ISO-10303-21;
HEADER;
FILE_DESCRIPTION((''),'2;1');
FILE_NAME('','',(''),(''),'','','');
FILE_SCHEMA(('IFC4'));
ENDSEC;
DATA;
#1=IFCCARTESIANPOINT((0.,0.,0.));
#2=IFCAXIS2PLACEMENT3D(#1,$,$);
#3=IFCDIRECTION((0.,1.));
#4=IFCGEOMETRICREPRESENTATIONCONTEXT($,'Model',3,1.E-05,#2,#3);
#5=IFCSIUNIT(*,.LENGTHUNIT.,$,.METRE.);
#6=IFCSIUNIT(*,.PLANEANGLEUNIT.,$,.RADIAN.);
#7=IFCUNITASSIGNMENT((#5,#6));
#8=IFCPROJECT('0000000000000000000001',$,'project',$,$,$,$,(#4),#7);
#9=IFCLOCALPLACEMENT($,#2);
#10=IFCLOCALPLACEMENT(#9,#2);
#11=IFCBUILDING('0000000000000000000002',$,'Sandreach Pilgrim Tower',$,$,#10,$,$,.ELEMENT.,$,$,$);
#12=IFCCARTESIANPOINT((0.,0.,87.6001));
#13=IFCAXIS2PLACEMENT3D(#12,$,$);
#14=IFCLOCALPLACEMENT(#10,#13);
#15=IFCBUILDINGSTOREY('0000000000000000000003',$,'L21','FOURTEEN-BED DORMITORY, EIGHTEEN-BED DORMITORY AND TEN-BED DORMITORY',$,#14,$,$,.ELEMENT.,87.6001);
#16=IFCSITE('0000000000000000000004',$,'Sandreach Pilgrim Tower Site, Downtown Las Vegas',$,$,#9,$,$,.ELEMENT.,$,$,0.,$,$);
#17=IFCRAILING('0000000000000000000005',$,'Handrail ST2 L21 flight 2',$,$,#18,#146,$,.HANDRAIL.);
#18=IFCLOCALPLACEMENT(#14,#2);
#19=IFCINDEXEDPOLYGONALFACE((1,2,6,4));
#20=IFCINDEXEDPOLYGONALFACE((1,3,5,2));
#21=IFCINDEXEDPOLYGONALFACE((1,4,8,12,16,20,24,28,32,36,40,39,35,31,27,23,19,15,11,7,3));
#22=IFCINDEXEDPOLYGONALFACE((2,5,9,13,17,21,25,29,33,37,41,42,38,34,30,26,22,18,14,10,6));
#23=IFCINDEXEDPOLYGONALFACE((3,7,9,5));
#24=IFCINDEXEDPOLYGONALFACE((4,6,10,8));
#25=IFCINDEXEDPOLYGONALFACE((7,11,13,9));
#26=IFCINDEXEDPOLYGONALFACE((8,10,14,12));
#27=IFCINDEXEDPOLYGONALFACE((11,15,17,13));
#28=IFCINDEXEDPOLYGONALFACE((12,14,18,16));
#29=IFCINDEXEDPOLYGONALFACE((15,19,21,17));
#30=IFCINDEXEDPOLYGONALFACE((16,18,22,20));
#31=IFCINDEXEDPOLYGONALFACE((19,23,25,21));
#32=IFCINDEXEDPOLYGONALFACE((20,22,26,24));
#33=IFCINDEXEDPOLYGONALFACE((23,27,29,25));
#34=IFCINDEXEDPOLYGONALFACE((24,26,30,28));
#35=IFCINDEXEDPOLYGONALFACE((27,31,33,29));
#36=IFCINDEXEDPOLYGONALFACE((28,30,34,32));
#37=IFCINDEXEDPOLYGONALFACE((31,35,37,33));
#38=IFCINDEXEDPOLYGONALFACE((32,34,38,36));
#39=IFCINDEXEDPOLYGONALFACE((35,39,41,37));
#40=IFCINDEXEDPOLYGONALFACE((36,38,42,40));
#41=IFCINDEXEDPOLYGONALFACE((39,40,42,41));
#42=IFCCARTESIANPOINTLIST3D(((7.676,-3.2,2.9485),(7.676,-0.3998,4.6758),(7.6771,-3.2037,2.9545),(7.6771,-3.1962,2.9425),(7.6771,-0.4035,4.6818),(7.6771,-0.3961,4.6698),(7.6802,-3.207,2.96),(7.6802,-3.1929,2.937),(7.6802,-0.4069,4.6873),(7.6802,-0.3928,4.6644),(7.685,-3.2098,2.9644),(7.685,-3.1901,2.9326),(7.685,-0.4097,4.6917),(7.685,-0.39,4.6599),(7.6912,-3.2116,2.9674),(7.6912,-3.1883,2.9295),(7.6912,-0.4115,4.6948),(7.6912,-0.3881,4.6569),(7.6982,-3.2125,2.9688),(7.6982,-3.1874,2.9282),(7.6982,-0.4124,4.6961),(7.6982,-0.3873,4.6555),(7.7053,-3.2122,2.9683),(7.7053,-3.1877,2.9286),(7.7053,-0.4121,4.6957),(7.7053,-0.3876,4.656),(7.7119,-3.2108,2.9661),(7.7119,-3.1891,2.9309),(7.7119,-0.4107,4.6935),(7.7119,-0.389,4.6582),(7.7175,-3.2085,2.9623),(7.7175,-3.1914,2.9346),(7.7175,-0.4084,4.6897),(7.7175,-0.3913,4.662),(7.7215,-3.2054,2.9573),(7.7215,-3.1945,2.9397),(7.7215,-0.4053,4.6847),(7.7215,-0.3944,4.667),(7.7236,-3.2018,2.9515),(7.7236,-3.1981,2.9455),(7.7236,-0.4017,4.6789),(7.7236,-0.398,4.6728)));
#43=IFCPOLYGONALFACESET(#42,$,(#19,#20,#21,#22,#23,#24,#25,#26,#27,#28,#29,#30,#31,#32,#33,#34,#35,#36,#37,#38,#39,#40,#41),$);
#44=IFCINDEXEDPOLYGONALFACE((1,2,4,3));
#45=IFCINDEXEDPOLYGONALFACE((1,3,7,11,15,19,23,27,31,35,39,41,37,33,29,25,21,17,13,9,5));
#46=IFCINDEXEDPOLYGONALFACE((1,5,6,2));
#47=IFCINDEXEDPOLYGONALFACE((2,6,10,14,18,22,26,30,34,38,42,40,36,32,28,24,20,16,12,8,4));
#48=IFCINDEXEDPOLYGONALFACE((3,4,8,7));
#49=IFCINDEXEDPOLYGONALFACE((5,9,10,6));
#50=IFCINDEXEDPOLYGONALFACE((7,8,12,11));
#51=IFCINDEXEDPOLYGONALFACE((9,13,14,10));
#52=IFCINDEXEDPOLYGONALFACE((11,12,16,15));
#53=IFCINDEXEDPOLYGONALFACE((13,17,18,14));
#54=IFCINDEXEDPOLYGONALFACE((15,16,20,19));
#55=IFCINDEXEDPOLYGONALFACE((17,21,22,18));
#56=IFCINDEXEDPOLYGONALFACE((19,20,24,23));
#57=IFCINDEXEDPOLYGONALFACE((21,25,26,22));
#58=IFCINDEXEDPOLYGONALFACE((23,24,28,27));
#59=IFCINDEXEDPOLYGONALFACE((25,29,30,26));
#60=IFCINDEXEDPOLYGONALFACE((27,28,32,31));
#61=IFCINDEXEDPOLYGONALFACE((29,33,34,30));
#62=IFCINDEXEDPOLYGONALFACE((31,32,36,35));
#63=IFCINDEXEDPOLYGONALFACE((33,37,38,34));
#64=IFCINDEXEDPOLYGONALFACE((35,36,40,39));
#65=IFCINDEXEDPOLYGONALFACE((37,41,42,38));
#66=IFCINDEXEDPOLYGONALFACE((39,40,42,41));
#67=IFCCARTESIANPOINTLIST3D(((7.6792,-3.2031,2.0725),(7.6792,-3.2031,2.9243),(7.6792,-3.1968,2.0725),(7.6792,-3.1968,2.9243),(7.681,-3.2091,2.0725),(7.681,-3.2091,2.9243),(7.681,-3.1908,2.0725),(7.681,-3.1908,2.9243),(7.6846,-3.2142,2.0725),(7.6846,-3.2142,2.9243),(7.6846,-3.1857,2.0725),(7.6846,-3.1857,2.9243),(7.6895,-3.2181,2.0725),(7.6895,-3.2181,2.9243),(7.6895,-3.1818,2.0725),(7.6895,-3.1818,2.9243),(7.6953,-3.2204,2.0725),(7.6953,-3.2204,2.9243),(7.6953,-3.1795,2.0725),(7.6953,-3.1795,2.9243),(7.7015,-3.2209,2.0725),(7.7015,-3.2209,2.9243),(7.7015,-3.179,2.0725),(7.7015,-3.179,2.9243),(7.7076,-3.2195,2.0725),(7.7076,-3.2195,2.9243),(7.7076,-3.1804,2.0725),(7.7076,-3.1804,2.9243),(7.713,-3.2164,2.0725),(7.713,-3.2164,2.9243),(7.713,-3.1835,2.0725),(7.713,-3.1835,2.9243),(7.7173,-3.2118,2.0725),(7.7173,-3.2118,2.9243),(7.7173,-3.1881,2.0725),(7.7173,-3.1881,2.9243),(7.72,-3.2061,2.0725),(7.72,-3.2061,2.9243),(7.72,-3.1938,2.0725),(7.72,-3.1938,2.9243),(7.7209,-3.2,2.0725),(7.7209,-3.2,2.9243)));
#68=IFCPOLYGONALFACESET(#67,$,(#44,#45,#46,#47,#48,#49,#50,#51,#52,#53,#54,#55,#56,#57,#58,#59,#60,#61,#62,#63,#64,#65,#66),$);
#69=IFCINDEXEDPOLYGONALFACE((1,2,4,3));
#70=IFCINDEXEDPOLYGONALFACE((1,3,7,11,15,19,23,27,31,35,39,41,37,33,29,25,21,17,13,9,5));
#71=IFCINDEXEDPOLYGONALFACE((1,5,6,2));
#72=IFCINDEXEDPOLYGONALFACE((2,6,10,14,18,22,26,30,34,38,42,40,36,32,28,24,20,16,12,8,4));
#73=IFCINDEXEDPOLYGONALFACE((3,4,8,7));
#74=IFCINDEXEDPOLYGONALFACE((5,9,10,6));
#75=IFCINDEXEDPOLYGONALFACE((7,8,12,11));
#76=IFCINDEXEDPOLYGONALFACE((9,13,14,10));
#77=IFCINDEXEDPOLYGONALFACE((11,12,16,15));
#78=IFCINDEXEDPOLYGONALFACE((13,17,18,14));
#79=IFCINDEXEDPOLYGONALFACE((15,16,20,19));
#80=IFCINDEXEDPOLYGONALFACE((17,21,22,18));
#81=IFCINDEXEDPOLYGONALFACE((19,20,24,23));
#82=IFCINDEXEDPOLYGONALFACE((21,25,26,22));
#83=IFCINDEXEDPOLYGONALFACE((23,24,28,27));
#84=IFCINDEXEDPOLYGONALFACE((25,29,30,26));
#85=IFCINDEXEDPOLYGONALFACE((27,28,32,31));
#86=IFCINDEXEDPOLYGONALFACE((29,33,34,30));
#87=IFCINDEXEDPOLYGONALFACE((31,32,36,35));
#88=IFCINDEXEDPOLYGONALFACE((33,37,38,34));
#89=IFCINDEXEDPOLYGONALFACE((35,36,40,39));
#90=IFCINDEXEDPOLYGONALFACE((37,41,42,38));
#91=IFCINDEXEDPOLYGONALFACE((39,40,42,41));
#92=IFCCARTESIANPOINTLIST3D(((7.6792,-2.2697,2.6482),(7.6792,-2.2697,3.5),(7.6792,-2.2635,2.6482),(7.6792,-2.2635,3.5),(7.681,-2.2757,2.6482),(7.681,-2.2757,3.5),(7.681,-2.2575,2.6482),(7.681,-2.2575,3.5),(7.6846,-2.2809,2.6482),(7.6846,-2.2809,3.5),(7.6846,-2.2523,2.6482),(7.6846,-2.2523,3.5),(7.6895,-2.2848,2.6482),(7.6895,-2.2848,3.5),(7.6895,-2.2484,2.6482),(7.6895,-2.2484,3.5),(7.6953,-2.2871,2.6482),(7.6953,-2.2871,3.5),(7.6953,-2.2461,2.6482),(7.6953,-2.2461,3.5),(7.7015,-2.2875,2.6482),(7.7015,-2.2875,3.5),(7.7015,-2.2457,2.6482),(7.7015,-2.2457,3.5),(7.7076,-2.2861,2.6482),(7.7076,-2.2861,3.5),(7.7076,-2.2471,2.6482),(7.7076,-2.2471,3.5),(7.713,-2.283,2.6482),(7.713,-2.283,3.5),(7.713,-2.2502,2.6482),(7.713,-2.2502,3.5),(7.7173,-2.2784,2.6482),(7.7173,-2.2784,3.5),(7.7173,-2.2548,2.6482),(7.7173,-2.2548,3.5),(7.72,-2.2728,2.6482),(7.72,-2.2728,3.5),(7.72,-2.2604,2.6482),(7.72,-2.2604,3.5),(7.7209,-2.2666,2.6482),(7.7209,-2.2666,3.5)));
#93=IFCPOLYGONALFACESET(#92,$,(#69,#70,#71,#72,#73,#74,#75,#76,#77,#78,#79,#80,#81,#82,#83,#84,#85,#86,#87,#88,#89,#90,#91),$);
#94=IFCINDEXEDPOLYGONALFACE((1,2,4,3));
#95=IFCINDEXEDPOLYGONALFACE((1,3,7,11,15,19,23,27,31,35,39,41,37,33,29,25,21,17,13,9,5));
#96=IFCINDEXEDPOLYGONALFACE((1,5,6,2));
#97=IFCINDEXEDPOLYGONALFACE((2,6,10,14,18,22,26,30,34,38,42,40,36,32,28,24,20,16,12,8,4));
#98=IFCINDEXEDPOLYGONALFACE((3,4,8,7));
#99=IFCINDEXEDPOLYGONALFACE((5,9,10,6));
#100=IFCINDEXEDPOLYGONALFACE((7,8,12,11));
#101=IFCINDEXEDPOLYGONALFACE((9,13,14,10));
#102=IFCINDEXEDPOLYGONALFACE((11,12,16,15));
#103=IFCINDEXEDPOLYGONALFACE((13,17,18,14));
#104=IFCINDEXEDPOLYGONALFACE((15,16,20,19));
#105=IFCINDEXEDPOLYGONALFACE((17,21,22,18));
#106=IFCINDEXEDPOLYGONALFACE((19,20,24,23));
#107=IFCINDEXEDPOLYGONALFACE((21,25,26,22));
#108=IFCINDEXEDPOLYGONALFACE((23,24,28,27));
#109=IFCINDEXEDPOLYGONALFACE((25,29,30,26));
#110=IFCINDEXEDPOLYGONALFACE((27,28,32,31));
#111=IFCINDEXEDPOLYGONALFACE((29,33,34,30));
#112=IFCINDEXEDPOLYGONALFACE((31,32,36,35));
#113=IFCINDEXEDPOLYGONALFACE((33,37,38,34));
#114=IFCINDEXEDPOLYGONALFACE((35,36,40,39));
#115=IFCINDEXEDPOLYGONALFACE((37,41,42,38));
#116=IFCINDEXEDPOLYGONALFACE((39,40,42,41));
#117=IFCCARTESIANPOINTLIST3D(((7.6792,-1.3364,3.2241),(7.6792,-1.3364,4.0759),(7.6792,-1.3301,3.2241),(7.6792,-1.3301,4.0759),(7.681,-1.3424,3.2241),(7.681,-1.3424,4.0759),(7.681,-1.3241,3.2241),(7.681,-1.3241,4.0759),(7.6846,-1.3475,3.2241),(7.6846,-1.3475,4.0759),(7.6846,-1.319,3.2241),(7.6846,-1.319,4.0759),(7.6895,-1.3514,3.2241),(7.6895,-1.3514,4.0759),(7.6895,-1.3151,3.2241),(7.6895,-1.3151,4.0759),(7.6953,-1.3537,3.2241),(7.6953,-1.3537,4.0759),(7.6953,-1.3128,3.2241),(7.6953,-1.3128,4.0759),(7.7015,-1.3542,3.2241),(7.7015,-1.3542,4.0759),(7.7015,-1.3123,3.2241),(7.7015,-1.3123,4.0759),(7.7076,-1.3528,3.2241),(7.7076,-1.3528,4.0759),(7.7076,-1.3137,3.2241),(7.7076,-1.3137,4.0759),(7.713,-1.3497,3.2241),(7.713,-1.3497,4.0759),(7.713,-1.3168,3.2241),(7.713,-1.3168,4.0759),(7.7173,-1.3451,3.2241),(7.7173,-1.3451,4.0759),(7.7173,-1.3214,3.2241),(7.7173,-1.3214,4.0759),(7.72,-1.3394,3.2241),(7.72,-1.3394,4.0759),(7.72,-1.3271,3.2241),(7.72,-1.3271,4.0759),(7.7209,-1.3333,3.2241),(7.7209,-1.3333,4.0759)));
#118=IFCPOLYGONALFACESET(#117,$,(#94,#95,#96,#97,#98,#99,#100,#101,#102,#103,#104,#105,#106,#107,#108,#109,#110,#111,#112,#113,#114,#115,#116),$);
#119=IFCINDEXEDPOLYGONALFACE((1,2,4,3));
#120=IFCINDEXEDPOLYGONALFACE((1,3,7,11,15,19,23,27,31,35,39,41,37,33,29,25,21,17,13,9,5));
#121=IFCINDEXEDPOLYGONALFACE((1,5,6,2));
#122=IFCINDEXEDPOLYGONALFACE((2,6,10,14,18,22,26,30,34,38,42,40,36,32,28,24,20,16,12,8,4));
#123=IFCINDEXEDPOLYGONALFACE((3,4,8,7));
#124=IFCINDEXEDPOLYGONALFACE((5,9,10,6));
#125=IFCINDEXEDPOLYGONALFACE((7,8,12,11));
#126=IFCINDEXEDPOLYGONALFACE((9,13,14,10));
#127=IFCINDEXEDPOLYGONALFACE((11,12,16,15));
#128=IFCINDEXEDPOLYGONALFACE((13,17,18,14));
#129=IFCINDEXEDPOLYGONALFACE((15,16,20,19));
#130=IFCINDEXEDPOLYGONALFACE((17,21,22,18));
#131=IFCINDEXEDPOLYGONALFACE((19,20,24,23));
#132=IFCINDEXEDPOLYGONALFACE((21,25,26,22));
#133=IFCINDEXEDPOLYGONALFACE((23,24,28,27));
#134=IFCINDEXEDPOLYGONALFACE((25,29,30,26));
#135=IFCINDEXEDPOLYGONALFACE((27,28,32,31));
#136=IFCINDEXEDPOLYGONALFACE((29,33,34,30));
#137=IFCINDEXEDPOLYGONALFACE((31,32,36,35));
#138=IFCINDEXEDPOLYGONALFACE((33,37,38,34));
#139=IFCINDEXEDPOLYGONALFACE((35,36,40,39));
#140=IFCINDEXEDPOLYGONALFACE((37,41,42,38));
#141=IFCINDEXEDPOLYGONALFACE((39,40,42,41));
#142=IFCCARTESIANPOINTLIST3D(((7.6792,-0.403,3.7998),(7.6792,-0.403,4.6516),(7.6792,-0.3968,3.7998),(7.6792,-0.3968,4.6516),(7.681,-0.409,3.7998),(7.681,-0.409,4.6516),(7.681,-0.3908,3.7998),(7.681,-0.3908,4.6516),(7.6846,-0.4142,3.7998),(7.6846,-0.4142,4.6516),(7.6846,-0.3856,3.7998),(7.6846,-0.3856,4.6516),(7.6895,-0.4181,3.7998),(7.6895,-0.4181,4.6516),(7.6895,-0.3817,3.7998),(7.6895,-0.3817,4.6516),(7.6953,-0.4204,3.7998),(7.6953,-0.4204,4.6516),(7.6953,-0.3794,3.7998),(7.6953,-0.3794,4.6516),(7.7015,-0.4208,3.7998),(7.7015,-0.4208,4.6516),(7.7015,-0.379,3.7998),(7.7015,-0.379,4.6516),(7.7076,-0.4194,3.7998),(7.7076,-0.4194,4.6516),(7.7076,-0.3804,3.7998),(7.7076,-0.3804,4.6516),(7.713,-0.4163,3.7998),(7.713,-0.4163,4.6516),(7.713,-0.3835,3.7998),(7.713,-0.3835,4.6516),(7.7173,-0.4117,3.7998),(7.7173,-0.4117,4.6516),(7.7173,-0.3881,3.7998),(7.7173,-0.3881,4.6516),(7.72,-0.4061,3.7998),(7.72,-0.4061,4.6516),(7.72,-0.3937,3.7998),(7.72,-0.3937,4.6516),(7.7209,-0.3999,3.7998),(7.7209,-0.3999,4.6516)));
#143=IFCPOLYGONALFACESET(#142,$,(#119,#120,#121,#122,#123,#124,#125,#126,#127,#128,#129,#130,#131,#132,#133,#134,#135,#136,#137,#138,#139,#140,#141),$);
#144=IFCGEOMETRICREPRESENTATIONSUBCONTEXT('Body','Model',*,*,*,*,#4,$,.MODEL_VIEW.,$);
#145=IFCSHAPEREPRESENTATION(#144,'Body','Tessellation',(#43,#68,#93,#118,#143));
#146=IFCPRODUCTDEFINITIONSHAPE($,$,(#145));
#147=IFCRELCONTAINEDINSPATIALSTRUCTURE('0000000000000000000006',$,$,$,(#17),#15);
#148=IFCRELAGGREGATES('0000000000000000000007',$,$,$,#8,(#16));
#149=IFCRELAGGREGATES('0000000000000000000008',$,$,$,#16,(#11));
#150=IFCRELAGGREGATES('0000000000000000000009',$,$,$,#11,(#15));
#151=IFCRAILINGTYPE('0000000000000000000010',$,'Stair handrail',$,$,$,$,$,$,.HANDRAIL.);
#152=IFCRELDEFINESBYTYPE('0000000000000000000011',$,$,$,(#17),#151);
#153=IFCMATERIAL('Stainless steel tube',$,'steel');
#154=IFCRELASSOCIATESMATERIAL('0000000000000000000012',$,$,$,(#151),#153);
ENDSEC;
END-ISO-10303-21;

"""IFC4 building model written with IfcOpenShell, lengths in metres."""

from ifc_helpers import new_model, si_unit, direction, frame, origin, origin_2d, place, context, subcontext, project, spatial, circle, extrude, material, type_object, element, save


model = new_model("IFC4")

# Units and contexts
model_context = context("Model", 3, precision=1e-05, world=origin(), true_north=direction((0.0, 1.0)))
body_context = subcontext(model_context, "Body", "Model", "MODEL_VIEW")
ifc_project = project(units=[si_unit("LENGTHUNIT", "METRE"), si_unit("PLANEANGLEUNIT", "RADIAN")], contexts=[model_context])

# Site, building, storey
site_placement = place(None, origin())
site = spatial("IfcSite", under=ifc_project, at=site_placement, Name="Sandreach Pilgrim Tower Site, Downtown Las Vegas", CompositionType="ELEMENT", RefElevation=0.0)
building_placement = place(site_placement, origin())
building = spatial("IfcBuilding", under=site, at=building_placement, Name="Sandreach Pilgrim Tower", CompositionType="ELEMENT")
storey_placement = place(building_placement, frame((0.0, 0.0, 87.6001)))
storey = spatial("IfcBuildingStorey", under=building, at=storey_placement, Name="L21", Description="FOURTEEN-BED DORMITORY, EIGHTEEN-BED DORMITORY AND TEN-BED DORMITORY", CompositionType="ELEMENT", Elevation=87.6001)

# Railing
ifc_material_1 = material(Name="Stainless steel tube", Category="steel")
railing_type = type_object("IfcRailingType", Name="Stair handrail", PredefinedType="HANDRAIL", material=ifc_material_1)
for number, where, name in (
    (1, (7.7, -3.2, 2.0725), "Handrail ST2 L21 flight 2"),
):
    element("IfcRailing", number, at=place(storey_placement, frame(where)), inside=storey, type_object=railing_type, Name=name, PredefinedType="HANDRAIL", context=body_context, shape_type="SweptSolid", body=[
        extrude(circle(Radius=0.0239, at=origin_2d()), frame((0.0, 0.0, 0.876), z_axis=(0.0, 0.85109, 0.52502), x_axis=(-1.0, 0.0, 0.0)), (0.0, 0.0, 1.0), 3.29),
        extrude(circle(Radius=0.021, at=origin_2d()), origin(), (0.0, 0.0, 1.0), 0.8518),
        extrude(circle(Radius=0.021, at=origin_2d()), frame((0.0, 0.9333, 0.5757)), (0.0, 0.0, 1.0), 0.8518),
        extrude(circle(Radius=0.021, at=origin_2d()), frame((0.0, 1.8667, 1.1516)), (0.0, 0.0, 1.0), 0.8518),
        extrude(circle(Radius=0.021, at=origin_2d()), frame((0.0, 2.8, 1.7273)), (0.0, 0.0, 1.0), 0.8518),
    ])

save(model, "model.ifc")
